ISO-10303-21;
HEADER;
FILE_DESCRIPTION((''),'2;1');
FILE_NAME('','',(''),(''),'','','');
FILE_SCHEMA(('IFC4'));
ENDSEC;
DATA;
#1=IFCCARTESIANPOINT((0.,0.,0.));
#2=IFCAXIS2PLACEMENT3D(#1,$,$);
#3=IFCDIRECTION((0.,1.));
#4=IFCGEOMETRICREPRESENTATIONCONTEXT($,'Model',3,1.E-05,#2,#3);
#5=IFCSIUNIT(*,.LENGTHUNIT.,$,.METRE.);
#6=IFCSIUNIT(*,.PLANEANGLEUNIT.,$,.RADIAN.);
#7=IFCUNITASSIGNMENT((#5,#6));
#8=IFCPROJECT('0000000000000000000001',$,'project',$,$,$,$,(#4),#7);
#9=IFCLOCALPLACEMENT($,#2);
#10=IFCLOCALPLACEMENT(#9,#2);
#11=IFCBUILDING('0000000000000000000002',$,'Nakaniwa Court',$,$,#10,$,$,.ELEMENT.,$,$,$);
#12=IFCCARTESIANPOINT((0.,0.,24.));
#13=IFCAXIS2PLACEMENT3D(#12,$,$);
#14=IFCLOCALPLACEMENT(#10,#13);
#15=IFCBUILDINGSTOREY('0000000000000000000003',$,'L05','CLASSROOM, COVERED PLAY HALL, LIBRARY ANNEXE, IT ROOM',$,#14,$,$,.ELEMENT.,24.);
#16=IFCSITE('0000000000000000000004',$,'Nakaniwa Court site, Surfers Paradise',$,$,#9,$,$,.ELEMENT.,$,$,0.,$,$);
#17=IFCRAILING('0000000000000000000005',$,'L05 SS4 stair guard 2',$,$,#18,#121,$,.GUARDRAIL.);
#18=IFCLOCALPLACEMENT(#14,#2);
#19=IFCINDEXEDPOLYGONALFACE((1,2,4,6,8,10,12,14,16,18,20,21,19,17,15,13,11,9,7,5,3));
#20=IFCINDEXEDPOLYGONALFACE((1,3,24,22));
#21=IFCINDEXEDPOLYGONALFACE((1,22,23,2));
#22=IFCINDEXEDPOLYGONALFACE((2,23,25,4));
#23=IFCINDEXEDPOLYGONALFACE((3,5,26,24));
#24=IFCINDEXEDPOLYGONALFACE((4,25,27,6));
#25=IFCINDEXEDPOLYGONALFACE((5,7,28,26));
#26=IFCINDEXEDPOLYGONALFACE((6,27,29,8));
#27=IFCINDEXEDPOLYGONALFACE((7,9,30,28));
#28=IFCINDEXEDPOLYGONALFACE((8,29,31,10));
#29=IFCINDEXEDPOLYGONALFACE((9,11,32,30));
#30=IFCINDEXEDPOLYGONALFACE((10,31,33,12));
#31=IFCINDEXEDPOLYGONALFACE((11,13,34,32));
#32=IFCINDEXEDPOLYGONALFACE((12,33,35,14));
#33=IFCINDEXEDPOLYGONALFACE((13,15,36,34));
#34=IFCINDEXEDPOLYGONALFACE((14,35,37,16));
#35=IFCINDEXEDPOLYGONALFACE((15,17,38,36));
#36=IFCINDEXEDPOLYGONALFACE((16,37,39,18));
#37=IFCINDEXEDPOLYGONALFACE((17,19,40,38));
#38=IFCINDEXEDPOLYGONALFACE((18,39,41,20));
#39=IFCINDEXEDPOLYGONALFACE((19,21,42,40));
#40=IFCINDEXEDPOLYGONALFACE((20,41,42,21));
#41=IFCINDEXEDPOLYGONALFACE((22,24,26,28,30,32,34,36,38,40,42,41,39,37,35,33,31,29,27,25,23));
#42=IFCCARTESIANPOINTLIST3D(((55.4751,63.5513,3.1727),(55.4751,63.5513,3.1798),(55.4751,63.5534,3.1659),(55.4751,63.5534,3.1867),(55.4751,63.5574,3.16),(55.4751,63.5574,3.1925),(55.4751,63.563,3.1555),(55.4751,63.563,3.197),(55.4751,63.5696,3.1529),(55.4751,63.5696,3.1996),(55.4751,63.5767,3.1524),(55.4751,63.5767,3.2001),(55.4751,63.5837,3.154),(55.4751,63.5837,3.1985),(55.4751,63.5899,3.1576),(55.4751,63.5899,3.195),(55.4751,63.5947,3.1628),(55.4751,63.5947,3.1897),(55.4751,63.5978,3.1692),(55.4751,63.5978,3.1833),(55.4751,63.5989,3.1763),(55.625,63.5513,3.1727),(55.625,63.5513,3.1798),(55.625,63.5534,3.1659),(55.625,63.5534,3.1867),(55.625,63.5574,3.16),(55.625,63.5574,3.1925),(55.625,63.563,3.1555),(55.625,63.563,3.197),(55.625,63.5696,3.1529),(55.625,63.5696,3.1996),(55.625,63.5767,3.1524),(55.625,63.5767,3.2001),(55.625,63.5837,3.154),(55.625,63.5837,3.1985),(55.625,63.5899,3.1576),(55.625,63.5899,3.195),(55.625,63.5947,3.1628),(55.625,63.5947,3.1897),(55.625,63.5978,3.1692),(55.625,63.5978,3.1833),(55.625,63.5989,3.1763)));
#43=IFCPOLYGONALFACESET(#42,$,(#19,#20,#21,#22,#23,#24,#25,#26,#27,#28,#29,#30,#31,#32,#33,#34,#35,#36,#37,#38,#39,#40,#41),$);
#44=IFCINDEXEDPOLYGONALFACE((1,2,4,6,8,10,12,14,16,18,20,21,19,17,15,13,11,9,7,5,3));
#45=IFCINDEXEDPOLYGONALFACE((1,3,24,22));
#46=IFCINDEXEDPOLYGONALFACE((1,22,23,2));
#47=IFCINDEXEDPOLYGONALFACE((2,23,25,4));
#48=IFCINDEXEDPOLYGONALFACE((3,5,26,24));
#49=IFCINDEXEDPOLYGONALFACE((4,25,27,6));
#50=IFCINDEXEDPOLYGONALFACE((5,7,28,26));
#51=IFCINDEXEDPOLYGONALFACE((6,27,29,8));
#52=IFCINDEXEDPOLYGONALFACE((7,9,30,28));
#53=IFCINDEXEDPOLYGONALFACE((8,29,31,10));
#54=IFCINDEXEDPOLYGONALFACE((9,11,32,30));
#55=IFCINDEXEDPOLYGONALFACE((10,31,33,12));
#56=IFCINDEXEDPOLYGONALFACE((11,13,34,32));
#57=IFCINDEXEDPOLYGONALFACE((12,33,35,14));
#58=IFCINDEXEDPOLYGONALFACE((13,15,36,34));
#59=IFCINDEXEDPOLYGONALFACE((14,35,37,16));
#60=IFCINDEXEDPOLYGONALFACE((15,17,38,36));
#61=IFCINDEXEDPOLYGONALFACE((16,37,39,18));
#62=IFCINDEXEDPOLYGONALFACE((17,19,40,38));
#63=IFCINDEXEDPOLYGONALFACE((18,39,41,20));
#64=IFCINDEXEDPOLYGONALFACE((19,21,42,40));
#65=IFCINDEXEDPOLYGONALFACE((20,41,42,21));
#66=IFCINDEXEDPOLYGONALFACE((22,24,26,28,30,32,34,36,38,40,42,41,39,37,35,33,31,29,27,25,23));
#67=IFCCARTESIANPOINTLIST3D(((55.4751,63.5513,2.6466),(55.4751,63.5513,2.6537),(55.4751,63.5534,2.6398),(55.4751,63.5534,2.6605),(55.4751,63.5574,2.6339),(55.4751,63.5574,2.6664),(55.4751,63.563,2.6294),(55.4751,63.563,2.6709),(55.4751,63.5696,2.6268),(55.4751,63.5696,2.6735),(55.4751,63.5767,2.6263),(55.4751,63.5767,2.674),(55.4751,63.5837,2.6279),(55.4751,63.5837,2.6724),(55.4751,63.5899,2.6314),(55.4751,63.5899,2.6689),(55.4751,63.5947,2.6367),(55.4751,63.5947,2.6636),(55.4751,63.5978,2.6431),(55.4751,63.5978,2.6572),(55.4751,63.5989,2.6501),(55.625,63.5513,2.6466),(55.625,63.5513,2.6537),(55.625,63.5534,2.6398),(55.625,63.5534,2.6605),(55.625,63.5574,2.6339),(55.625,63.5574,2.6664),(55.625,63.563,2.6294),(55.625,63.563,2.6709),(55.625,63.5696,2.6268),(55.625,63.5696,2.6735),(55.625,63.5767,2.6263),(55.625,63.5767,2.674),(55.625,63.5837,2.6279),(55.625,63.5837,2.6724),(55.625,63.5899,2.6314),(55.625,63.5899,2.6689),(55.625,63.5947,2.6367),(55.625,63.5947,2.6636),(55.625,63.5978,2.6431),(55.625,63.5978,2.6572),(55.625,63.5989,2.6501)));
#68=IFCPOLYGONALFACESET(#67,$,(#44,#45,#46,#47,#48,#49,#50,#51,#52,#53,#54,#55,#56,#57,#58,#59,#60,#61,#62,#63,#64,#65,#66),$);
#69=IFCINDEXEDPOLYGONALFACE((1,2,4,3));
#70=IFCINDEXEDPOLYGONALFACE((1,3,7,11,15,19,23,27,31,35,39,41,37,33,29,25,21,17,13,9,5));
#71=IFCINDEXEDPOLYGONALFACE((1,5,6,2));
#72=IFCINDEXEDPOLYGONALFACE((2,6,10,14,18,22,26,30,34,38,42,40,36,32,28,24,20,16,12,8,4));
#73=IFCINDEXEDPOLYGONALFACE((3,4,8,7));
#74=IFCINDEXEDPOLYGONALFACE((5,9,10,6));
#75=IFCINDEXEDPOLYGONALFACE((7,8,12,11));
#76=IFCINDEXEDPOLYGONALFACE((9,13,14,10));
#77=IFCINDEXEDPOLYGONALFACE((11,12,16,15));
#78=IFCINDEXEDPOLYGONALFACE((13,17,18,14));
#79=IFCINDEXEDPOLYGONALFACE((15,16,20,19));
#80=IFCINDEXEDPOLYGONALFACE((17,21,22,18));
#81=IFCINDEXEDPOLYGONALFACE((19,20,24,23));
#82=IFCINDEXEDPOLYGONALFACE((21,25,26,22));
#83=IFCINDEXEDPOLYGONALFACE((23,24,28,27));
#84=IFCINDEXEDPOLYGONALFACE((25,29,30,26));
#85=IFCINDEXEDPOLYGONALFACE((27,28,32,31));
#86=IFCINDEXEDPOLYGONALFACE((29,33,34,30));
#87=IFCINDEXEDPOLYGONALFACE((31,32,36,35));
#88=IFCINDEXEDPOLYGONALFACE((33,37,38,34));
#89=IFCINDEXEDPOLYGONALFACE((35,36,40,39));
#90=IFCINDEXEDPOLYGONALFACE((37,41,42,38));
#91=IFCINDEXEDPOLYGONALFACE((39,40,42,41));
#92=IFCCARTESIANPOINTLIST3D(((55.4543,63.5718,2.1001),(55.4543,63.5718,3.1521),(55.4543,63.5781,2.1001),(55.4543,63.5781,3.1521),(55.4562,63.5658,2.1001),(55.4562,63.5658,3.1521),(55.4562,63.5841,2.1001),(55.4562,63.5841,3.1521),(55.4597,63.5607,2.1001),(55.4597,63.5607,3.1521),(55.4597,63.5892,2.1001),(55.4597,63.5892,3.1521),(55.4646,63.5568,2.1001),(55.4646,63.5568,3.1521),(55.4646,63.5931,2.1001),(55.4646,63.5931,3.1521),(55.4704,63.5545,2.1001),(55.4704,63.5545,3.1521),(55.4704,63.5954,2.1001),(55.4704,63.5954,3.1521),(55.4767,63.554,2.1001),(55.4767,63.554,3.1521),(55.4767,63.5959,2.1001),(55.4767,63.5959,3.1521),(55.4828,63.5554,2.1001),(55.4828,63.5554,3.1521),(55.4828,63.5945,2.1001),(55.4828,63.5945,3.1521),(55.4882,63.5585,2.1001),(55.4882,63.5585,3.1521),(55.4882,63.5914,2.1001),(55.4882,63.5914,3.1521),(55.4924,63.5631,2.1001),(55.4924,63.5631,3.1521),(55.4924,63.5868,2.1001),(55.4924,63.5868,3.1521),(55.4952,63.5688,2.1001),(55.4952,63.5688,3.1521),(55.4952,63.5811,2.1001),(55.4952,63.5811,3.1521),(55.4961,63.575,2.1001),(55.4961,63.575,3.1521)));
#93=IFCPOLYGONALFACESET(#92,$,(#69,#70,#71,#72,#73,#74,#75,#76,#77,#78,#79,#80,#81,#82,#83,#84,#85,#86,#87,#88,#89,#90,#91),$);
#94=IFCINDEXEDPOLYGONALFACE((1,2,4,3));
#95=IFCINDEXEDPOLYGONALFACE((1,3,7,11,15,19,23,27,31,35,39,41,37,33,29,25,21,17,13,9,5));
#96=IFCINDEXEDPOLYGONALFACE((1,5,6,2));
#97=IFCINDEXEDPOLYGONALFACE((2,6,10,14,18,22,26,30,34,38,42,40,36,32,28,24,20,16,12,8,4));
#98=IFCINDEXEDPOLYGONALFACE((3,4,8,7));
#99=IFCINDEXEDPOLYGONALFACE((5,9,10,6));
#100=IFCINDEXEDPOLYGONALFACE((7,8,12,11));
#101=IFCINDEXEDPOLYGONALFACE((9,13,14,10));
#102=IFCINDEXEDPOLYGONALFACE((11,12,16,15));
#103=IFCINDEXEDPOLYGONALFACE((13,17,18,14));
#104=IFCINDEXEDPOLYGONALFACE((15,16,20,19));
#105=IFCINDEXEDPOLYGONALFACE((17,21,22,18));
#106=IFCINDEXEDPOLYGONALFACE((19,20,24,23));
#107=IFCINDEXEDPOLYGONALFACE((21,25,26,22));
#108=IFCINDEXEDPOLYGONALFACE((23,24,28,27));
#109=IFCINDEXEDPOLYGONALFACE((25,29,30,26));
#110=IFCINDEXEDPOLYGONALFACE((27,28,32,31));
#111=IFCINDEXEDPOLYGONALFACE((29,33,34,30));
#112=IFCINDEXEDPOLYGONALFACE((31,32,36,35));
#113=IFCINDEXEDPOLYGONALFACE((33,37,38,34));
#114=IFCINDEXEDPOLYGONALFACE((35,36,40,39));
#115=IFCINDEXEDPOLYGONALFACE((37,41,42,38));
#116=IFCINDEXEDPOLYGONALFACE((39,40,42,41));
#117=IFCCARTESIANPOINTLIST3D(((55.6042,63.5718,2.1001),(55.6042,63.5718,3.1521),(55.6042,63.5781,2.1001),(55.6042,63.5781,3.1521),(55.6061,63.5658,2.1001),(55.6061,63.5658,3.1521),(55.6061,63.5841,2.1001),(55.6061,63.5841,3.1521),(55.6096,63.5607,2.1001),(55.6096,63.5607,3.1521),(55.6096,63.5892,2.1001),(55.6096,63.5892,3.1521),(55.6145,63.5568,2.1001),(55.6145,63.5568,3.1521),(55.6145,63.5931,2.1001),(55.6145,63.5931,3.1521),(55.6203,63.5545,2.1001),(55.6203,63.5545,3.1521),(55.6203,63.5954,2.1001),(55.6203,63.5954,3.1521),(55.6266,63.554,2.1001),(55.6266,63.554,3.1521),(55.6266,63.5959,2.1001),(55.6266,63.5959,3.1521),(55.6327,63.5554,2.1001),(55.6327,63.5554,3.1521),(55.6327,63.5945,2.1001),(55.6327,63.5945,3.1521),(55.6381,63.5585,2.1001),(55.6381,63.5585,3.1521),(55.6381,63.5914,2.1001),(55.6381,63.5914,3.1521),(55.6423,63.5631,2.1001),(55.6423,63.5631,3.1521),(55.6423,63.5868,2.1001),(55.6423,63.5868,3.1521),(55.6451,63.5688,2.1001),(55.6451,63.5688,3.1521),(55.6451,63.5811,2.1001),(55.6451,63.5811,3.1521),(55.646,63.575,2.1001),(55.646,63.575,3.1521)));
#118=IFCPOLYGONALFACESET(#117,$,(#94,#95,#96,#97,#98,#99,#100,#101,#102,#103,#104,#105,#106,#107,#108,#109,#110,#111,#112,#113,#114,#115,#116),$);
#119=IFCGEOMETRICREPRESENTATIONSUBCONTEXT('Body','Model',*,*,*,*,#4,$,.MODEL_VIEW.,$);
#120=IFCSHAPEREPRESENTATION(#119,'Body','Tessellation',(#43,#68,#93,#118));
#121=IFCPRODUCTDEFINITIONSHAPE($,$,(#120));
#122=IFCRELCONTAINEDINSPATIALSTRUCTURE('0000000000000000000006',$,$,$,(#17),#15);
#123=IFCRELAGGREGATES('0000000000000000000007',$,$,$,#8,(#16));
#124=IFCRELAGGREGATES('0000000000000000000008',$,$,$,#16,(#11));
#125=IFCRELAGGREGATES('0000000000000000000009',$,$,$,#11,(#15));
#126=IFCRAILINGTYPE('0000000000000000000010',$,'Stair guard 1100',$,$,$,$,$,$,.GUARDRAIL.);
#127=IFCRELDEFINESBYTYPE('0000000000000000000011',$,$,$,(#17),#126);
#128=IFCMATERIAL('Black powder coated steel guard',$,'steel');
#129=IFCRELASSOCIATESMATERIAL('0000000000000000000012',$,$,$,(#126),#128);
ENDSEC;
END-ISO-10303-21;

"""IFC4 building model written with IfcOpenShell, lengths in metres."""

from ifc_helpers import new_model, si_unit, direction, frame, origin, origin_2d, place, context, subcontext, project, spatial, circle, extrude, material, type_object, element, save


model = new_model("IFC4")

# Units and contexts
model_context = context("Model", 3, precision=1e-05, world=origin(), true_north=direction((0.0, 1.0)))
body_context = subcontext(model_context, "Body", "Model", "MODEL_VIEW")
ifc_project = project(units=[si_unit("LENGTHUNIT", "METRE"), si_unit("PLANEANGLEUNIT", "RADIAN")], contexts=[model_context])

# Site, building, storey
site_placement = place(None, origin())
site = spatial("IfcSite", under=ifc_project, at=site_placement, Name="Nakaniwa Court site, Surfers Paradise", CompositionType="ELEMENT", RefElevation=0.0)
building_placement = place(site_placement, origin())
building = spatial("IfcBuilding", under=site, at=building_placement, Name="Nakaniwa Court", CompositionType="ELEMENT")
storey_placement = place(building_placement, frame((0.0, 0.0, 24.0)))
storey = spatial("IfcBuildingStorey", under=building, at=storey_placement, Name="L05", Description="CLASSROOM, COVERED PLAY HALL, LIBRARY ANNEXE, IT ROOM", CompositionType="ELEMENT", Elevation=24.0)

# Railing
ifc_material_1 = material(Name="Black powder coated steel guard", Category="steel")
railing_type_1 = type_object("IfcRailingType", Name="Stair guard 1100", PredefinedType="GUARDRAIL", material=ifc_material_1)
railing_1_placement = place(storey_placement, frame((55.4751, 63.575, 2.1001)))
element("IfcRailing", 1, at=railing_1_placement, inside=storey, type_object=railing_type_1, Name="L05 SS4 stair guard 2", PredefinedType="GUARDRAIL", context=body_context, shape_type="SweptSolid", body=[
    extrude(circle(Radius=0.0239, at=origin_2d()), frame((0.0, 0.0, 1.0762), z_axis=(1.0, 0.0, 0.0), x_axis=(0.0, 1.0, 0.0)), (0.0, 0.0, 1.0), 0.1499),
    extrude(circle(Radius=0.0239, at=origin_2d()), frame((0.0, 0.0, 0.55), z_axis=(1.0, 0.0, 0.0), x_axis=(0.0, 1.0, 0.0)), (0.0, 0.0, 1.0), 0.1499),
    extrude(circle(Radius=0.021, at=origin_2d()), origin(), (0.0, 0.0, 1.0), 1.052),
    extrude(circle(Radius=0.021, at=origin_2d()), frame((0.1499, 0.0, 0.0)), (0.0, 0.0, 1.0), 1.052),
])

save(model, "model.ifc")
